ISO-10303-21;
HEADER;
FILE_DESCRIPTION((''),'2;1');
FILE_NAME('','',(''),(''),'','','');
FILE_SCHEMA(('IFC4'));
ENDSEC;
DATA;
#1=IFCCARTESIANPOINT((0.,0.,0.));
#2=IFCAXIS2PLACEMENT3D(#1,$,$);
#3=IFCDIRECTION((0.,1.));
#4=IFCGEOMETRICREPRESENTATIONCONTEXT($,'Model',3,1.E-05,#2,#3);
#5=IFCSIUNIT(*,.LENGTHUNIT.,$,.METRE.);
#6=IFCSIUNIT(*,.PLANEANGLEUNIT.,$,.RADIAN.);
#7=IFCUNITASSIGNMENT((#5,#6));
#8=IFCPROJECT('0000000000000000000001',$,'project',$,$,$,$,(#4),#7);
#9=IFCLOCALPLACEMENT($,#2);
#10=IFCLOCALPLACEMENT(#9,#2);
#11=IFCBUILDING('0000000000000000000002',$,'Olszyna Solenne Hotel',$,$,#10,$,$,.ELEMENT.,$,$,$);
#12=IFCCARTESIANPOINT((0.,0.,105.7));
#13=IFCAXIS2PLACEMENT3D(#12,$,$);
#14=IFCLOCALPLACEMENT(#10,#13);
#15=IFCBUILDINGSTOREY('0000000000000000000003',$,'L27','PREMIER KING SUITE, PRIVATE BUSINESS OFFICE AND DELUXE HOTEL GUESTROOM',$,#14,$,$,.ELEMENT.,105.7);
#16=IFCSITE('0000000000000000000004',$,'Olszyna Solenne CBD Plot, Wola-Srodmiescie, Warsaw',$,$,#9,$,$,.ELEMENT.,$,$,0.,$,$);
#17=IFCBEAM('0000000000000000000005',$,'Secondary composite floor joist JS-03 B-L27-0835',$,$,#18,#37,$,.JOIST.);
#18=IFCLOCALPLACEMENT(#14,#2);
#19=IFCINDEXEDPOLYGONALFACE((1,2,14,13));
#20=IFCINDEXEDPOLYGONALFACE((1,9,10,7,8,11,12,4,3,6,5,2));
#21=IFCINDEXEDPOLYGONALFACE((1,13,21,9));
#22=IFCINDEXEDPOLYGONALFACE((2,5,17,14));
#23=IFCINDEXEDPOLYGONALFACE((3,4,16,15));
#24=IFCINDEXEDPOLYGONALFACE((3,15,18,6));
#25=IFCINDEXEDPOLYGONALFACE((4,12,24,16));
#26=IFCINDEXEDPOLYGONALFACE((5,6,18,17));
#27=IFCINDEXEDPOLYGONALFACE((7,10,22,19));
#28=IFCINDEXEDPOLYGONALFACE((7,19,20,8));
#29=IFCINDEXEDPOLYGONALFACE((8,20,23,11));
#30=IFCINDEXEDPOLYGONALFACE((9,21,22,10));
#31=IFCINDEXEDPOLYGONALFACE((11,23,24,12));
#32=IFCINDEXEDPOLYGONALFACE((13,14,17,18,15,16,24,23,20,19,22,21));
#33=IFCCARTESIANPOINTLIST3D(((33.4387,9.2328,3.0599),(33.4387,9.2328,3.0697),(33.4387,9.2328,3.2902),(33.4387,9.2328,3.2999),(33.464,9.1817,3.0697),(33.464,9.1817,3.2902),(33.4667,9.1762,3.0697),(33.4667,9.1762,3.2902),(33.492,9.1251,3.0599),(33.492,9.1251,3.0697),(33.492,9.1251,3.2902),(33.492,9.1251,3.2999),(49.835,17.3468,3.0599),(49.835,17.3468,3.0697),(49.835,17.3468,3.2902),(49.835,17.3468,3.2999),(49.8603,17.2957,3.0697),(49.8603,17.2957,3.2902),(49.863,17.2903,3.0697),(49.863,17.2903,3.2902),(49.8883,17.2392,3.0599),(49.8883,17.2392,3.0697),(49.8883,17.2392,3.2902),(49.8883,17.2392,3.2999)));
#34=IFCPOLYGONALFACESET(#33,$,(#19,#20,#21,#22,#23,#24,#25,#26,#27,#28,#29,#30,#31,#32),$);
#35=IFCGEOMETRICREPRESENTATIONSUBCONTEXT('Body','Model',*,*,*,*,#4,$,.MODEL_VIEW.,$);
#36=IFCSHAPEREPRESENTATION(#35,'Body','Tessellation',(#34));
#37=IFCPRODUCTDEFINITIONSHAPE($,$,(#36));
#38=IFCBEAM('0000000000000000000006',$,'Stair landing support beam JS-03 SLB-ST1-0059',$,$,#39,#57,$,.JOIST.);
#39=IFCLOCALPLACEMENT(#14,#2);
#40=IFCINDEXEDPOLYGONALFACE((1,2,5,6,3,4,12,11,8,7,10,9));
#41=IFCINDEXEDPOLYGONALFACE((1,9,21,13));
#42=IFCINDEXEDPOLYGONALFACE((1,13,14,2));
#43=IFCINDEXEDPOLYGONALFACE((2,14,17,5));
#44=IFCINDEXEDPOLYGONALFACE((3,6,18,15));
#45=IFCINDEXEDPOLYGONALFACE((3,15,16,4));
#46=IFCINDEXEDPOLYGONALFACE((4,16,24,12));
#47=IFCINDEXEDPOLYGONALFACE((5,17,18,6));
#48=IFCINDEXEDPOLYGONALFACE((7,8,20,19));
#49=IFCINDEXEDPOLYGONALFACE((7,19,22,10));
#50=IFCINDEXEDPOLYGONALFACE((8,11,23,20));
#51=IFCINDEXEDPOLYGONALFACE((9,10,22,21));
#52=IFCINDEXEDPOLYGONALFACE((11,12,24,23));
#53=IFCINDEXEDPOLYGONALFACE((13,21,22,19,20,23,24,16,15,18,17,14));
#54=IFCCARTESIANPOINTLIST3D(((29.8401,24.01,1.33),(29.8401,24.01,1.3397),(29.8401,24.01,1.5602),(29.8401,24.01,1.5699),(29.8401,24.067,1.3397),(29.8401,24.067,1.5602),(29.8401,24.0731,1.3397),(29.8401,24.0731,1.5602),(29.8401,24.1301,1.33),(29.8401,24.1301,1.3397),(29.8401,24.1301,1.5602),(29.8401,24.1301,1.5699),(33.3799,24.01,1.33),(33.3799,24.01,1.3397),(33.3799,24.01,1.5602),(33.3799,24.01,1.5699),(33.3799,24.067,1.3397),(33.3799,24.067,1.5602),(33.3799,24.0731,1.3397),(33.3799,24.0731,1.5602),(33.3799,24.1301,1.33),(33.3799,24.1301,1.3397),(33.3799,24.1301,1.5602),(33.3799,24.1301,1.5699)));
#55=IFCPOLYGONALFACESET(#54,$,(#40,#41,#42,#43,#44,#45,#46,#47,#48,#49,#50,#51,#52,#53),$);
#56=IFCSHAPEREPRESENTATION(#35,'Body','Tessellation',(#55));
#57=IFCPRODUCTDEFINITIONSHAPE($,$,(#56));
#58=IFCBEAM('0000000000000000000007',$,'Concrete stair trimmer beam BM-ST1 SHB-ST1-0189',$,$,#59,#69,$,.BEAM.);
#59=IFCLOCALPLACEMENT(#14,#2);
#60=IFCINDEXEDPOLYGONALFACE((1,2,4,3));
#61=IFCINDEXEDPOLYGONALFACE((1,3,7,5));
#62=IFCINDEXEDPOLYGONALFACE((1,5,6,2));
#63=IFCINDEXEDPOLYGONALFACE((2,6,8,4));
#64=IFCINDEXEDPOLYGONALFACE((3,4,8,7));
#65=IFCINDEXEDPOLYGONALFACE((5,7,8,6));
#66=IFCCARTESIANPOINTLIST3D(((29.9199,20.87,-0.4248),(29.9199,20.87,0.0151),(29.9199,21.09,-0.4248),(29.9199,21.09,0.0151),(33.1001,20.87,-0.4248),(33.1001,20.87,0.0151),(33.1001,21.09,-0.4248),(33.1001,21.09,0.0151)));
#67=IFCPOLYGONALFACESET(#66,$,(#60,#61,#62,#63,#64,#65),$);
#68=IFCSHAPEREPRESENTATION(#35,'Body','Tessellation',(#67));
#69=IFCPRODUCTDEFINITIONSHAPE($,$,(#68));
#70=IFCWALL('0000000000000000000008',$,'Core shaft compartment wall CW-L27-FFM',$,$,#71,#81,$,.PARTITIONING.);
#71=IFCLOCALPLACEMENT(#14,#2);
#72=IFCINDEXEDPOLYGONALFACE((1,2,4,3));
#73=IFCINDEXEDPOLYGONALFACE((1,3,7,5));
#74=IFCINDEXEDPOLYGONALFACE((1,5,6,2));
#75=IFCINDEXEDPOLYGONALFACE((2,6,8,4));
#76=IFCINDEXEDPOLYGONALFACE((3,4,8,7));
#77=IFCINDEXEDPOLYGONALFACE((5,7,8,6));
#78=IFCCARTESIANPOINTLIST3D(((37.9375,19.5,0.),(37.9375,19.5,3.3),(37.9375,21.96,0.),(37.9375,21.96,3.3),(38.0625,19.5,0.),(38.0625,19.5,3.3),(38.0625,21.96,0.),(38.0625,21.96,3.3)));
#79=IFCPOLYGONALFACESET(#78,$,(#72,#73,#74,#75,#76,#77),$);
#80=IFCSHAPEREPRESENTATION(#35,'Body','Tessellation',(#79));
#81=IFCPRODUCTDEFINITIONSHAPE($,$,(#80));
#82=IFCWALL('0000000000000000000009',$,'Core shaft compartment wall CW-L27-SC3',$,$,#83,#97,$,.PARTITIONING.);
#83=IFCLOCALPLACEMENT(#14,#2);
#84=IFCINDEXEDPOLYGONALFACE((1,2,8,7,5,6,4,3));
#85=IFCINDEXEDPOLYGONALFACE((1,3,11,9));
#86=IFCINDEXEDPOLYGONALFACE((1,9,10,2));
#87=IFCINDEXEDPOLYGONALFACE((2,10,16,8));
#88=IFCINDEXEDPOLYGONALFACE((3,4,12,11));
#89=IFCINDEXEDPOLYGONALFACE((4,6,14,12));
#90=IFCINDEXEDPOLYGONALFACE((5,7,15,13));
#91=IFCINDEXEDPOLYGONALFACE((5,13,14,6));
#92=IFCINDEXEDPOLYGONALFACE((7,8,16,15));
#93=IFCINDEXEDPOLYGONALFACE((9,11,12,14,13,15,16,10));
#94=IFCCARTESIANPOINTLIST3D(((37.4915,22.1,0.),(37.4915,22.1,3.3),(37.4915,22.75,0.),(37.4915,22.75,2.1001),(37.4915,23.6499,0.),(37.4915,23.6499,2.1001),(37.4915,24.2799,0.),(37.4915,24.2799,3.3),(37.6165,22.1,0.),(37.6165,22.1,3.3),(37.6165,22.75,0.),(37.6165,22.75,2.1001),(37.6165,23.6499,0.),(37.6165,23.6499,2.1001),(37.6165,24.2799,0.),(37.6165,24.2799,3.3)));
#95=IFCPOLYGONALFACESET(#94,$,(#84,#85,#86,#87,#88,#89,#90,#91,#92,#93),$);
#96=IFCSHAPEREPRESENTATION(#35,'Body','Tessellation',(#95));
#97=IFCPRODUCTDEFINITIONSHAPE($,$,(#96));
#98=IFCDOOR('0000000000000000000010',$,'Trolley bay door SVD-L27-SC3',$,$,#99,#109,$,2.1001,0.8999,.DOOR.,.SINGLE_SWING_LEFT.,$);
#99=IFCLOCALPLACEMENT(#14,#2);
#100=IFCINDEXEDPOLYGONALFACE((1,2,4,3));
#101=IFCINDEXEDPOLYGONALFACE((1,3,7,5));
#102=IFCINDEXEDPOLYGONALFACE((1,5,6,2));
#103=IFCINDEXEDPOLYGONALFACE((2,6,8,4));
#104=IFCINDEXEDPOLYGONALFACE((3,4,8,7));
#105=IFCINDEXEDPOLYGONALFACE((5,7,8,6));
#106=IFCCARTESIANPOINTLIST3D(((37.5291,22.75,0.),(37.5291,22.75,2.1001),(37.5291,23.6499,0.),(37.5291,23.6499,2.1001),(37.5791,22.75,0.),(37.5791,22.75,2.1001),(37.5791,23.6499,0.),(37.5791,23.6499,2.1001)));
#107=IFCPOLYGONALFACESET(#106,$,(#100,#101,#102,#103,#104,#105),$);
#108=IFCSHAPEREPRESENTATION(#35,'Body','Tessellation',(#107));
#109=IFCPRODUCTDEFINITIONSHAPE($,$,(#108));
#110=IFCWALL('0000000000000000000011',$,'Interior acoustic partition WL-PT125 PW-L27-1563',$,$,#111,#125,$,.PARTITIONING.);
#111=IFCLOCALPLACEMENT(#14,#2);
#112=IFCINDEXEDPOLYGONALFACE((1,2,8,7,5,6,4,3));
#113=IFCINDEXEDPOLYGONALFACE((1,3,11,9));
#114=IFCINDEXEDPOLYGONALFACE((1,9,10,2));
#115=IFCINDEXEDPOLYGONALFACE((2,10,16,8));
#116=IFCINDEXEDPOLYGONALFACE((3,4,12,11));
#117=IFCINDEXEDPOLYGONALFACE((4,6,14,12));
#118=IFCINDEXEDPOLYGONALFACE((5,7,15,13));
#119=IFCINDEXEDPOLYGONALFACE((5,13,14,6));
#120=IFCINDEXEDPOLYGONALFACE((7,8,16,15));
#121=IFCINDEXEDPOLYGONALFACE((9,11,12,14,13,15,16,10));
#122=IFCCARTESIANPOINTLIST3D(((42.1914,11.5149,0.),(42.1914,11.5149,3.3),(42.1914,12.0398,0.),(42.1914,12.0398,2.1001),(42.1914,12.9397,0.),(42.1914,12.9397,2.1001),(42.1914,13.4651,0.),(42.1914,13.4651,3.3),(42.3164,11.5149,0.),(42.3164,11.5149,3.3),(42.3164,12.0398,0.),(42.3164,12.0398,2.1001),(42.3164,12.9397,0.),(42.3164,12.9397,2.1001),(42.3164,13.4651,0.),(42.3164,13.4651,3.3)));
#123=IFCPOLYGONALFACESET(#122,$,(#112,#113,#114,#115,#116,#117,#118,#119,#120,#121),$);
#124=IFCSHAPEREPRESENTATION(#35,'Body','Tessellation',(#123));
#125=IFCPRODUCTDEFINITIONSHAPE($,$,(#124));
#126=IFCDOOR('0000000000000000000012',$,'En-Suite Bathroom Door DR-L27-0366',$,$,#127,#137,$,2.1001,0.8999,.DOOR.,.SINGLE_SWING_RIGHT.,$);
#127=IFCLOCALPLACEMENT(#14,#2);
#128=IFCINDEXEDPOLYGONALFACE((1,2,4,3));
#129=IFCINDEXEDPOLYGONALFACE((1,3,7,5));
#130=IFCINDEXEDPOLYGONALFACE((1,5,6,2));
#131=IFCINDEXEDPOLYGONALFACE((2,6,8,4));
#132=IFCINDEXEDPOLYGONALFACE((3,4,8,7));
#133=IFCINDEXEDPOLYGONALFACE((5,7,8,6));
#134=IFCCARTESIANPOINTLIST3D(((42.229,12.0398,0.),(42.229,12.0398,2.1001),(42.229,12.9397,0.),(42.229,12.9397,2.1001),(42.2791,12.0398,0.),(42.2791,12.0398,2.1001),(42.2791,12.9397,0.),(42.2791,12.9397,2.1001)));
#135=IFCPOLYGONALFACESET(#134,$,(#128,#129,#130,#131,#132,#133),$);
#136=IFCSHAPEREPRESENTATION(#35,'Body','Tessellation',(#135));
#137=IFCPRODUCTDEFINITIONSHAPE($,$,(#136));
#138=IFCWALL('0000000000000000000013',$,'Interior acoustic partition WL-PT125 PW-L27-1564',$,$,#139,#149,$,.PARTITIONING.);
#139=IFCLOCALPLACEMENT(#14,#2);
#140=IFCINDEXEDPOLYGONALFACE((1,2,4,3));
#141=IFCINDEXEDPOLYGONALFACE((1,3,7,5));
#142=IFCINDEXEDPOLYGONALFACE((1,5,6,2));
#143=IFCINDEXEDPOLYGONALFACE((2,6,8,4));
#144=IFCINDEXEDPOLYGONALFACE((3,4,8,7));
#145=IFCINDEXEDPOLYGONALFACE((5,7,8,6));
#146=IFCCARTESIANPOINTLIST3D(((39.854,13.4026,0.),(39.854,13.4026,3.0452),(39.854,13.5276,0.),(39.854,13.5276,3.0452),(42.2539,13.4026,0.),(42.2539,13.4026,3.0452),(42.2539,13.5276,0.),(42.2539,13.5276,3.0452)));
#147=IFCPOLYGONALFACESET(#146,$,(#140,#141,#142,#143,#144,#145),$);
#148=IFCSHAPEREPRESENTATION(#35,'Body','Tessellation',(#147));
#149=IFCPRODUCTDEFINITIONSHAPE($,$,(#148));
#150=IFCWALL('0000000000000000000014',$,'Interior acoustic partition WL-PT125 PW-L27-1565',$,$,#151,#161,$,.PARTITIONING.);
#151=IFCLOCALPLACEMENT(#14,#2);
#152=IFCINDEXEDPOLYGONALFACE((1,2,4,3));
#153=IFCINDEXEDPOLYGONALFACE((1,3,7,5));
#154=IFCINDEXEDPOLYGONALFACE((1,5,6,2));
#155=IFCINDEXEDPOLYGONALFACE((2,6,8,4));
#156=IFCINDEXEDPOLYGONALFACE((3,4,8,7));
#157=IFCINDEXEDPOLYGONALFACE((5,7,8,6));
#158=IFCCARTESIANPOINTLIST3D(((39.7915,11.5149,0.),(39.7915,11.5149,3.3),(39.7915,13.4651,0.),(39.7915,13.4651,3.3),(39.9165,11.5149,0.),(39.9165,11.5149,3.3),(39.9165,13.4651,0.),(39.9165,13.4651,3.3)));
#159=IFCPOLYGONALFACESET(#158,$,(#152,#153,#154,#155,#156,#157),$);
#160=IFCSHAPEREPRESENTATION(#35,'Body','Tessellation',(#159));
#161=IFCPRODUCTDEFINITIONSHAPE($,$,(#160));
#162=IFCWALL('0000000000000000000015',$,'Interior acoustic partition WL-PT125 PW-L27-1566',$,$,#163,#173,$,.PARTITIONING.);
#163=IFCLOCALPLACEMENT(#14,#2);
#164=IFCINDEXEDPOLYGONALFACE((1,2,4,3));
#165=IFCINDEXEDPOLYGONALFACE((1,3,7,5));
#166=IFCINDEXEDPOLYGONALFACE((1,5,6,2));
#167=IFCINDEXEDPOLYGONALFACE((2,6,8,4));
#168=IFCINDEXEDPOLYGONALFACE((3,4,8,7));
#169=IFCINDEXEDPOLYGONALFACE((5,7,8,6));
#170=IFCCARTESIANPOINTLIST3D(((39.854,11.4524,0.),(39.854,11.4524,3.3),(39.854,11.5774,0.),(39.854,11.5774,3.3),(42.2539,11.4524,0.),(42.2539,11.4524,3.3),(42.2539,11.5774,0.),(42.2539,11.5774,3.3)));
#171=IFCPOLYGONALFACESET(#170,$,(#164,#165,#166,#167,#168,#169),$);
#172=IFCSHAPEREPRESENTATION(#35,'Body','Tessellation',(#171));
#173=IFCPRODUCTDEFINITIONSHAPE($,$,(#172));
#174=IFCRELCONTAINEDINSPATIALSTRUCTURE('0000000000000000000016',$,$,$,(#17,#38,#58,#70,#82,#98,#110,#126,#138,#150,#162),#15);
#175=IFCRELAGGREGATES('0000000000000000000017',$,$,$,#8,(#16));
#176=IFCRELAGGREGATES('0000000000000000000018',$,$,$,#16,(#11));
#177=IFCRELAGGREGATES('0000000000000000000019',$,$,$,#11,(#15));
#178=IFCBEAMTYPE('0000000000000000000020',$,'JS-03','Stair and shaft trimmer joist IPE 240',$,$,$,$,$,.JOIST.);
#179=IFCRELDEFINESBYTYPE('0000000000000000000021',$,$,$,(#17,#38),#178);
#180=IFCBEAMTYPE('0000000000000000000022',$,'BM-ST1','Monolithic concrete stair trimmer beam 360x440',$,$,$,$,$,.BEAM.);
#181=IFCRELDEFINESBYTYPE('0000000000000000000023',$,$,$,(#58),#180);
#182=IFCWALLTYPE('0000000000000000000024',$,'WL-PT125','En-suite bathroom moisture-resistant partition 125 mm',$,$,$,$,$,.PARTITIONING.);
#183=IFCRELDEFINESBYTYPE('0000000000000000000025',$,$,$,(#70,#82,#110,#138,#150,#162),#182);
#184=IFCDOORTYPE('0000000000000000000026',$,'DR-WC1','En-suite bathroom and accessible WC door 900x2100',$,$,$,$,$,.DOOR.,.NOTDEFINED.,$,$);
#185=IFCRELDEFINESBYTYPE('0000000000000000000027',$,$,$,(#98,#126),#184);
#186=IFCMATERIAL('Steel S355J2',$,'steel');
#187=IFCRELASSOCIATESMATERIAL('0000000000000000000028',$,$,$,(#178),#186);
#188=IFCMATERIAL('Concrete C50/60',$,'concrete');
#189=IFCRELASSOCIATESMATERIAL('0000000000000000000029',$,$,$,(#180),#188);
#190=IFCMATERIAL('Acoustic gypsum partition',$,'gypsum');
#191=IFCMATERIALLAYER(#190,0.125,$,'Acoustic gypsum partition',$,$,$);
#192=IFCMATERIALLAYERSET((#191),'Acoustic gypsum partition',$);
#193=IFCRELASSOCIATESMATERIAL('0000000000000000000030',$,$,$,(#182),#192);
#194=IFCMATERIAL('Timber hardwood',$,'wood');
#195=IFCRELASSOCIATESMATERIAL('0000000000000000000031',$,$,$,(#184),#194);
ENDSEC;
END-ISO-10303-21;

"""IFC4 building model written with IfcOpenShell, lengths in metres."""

from ifc_helpers import new_model, si_unit, direction, frame, frame_2d, origin, origin_2d, place, context, subcontext, project, spatial, rectangle, i_section, extrude, source, transform, mapped, material, layer, layer_set, material_profile, profile_set, type_object, type_shapes, element, fill, save


model = new_model("IFC4")

# Units and contexts
model_context = context("Model", 3, precision=1e-05, world=origin(), true_north=direction((0.0, 1.0)))
body_context = subcontext(model_context, "Body", "Model", "MODEL_VIEW")
ifc_project = project(units=[si_unit("LENGTHUNIT", "METRE"), si_unit("PLANEANGLEUNIT", "RADIAN")], contexts=[model_context])

# Site, building, storey
site_placement = place(None, origin())
site = spatial("IfcSite", under=ifc_project, at=site_placement, Name="Olszyna Solenne CBD Plot, Wola-Srodmiescie, Warsaw", CompositionType="ELEMENT", RefElevation=0.0)
building_placement = place(site_placement, origin())
building = spatial("IfcBuilding", under=site, at=building_placement, Name="Olszyna Solenne Hotel", CompositionType="ELEMENT")
storey_placement = place(building_placement, frame((0.0, 0.0, 105.7)))
storey = spatial("IfcBuildingStorey", under=building, at=storey_placement, Name="L27", Description="PREMIER KING SUITE, PRIVATE BUSINESS OFFICE AND DELUXE HOTEL GUESTROOM", CompositionType="ELEMENT", Elevation=105.7)

# Beams
ifc_material_1 = material(Name="Steel S355J2", Category="steel")
ifc_material_profile_1 = material_profile(ifc_material_1, i_section(OverallWidth=0.1201, OverallDepth=0.24, WebThickness=0.0061, FlangeThickness=0.0098, at=origin_2d()), Name="IPE 240", Category="load-bearing")
ifc_profile_set_1 = profile_set([ifc_material_profile_1], Name="Steel S355J2")
beam_type_1 = type_object("IfcBeamType", Name="JS-03", Description="Stair and shaft trimmer joist IPE 240", PredefinedType="JOIST", material=ifc_profile_set_1)
shared_shape_1 = source(origin(), body_context, "Body", "SweptSolid", [
    extrude(i_section(OverallWidth=0.1201, OverallDepth=0.24, WebThickness=0.0061, FlangeThickness=0.0098, at=origin_2d()), origin(), (0.0, 0.0, 1.0), 18.2942),
])
beam_1_placement = place(storey_placement, frame((33.4653, 9.179, 3.1799), z_axis=(0.896259, 0.443532, 0.0), x_axis=(-0.443532, 0.896259, 0.0)))
element("IfcBeam", 1, at=beam_1_placement, inside=storey, type_object=beam_type_1, Name="Secondary composite floor joist JS-03 B-L27-0835", PredefinedType="JOIST", context=body_context, shape_type="MappedRepresentation", body=[
    mapped(shared_shape_1, transform((0.0, 0.0, 0.0), x_axis=(1.0, 0.0, 0.0), y_axis=(0.0, 1.0, 0.0), z_axis=(0.0, 0.0, 1.0), scale=1.0)),
])
shared_shape_2 = source(origin(), body_context, "Body", "SweptSolid", [
    extrude(i_section(OverallWidth=0.1201, OverallDepth=0.24, WebThickness=0.0061, FlangeThickness=0.0098, at=origin_2d()), origin(), (0.0, 0.0, 1.0), 3.5398),
])
beam_2_placement = place(storey_placement, frame((33.3799, 24.0701, 1.45), z_axis=(-1.0, 0.0, 0.0), x_axis=(0.0, -1.0, 0.0)))
element("IfcBeam", 2, at=beam_2_placement, inside=storey, type_object=beam_type_1, Name="Stair landing support beam JS-03 SLB-ST1-0059", PredefinedType="JOIST", context=body_context, shape_type="MappedRepresentation", body=[
    mapped(shared_shape_2, transform((0.0, 0.0, 0.0), x_axis=(1.0, 0.0, 0.0), y_axis=(0.0, 1.0, 0.0), z_axis=(0.0, 0.0, 1.0), scale=1.0)),
])
ifc_material_2 = material(Name="Concrete C50/60", Category="concrete")
ifc_material_profile_2 = material_profile(ifc_material_2, rectangle(XDim=0.22, YDim=0.4399, at=origin_2d()), Name="RC 220x440", Category="load-bearing")
ifc_profile_set_2 = profile_set([ifc_material_profile_2], Name="Concrete C50/60")
beam_type_2 = type_object("IfcBeamType", Name="BM-ST1", Description="Monolithic concrete stair trimmer beam 360x440", PredefinedType="BEAM", material=ifc_profile_set_2)
shared_shape_3 = source(origin(), body_context, "Body", "SweptSolid", [
    extrude(rectangle(XDim=0.22, YDim=0.4399, at=origin_2d()), origin(), (0.0, 0.0, 1.0), 3.1802),
])
beam_3_placement = place(storey_placement, frame((33.1001, 20.98, -0.2048), z_axis=(-1.0, 0.0, 0.0), x_axis=(0.0, -1.0, 0.0)))
element("IfcBeam", 3, at=beam_3_placement, inside=storey, type_object=beam_type_2, Name="Concrete stair trimmer beam BM-ST1 SHB-ST1-0189", PredefinedType="BEAM", context=body_context, shape_type="MappedRepresentation", body=[
    mapped(shared_shape_3, transform((0.0, 0.0, 0.0), x_axis=(1.0, 0.0, 0.0), y_axis=(0.0, 1.0, 0.0), z_axis=(0.0, 0.0, 1.0), scale=1.0)),
])

# Wall
ifc_material_3 = material(Name="Acoustic gypsum partition", Category="gypsum")
ifc_layer_1 = layer(ifc_material_3, 0.125, Name="Acoustic gypsum partition")
ifc_layer_set_1 = layer_set([ifc_layer_1], Name="Acoustic gypsum partition")
wall_type_1 = type_object("IfcWallType", Name="WL-PT125", Description="En-suite bathroom moisture-resistant partition 125 mm", PredefinedType="PARTITIONING", material=ifc_layer_set_1)
wall_1_placement = place(storey_placement, frame((38.0, 19.5, 0.0), z_axis=(0.0, 0.0, 1.0), x_axis=(0.0, 1.0, 0.0)))
element("IfcWall", 4, at=wall_1_placement, inside=storey, type_object=wall_type_1, Name="Core shaft compartment wall CW-L27-FFM", PredefinedType="PARTITIONING", context=body_context, shape_type="SweptSolid", body=[
    extrude(rectangle(XDim=2.46, YDim=0.125, at=frame_2d((1.23, 0.0))), origin(), (0.0, 0.0, 1.0), 3.3),
])

# Walls, openings, doors
wall_2_placement = place(storey_placement, frame((37.554, 22.1001, 0.0), z_axis=(0.0, 0.0, 1.0), x_axis=(0.0, 1.0, 0.0)))
wall_2 = element("IfcWall", 5, at=wall_2_placement, inside=storey, type_object=wall_type_1, Name="Core shaft compartment wall CW-L27-SC3", PredefinedType="PARTITIONING", context=body_context, shape_type="SweptSolid", body=[
    extrude(rectangle(XDim=2.1799, YDim=0.125, at=frame_2d((1.0898, 0.0))), origin(), (0.0, 0.0, 1.0), 3.3),
])
opening_1_placement = place(wall_2_placement, frame((0.6499, 0.0, 0.0)))
opening_1 = element("IfcOpeningElement", 6, at=opening_1_placement, cuts=wall_2, PredefinedType="OPENING", context=body_context, shape_type="SweptSolid", body=[
    extrude(rectangle(XDim=0.8999, YDim=2.1001, at=frame_2d((0.45, 1.05))), frame((0.0, 0.0725, 0.0), z_axis=(0.0, -1.0, 0.0), x_axis=(1.0, 0.0, 0.0)), (0.0, 0.0, 1.0), 0.145),
])
ifc_material_4 = material(Name="Timber hardwood", Category="wood")
door_type_1 = type_object("IfcDoorType", Name="DR-WC1", Description="En-suite bathroom and accessible WC door 900x2100", OperationType="NOTDEFINED", PredefinedType="DOOR", material=ifc_material_4)
shared_shape_4 = source(origin(), body_context, "Body", "SweptSolid", [
    extrude(rectangle(XDim=0.8999, YDim=2.1001, at=frame_2d((0.45, 1.05))), frame((0.0, 0.0249, 0.0), z_axis=(0.0, -1.0, 0.0), x_axis=(1.0, 0.0, 0.0)), (0.0, 0.0, 1.0), 0.05),
])
type_shapes(door_type_1, [shared_shape_4])
door_1_placement = place(opening_1_placement, origin())
door_1 = element("IfcDoor", 7, at=door_1_placement, inside=storey, type_object=door_type_1, Name="Trolley bay door SVD-L27-SC3", OperationType="SINGLE_SWING_LEFT", OverallHeight=2.1001, OverallWidth=0.8999, PredefinedType="DOOR", context=body_context, shape_type="MappedRepresentation", body=[
    mapped(shared_shape_4, transform((0.0, 0.0, 0.0), x_axis=(1.0, 0.0, 0.0), y_axis=(0.0, 1.0, 0.0), z_axis=(0.0, 0.0, 1.0), scale=1.0)),
])
fill(opening_1, door_1)
wall_3_placement = place(storey_placement, frame((42.2539, 11.5149, 0.0), z_axis=(0.0, 0.0, 1.0), x_axis=(0.0, 1.0, 0.0)))
wall_3 = element("IfcWall", 8, at=wall_3_placement, inside=storey, type_object=wall_type_1, Name="Interior acoustic partition WL-PT125 PW-L27-1563", PredefinedType="PARTITIONING", context=body_context, shape_type="SweptSolid", body=[
    extrude(rectangle(XDim=1.9502, YDim=0.125, at=frame_2d((0.9751, 0.0))), origin(), (0.0, 0.0, 1.0), 3.3),
])
opening_2_placement = place(wall_3_placement, frame((0.5249, 0.0, 0.0)))
opening_2 = element("IfcOpeningElement", 9, at=opening_2_placement, cuts=wall_3, PredefinedType="OPENING", context=body_context, shape_type="SweptSolid", body=[
    extrude(rectangle(XDim=0.8999, YDim=2.1001, at=frame_2d((0.45, 1.05))), frame((0.0, 0.0725, 0.0), z_axis=(0.0, -1.0, 0.0), x_axis=(1.0, 0.0, 0.0)), (0.0, 0.0, 1.0), 0.145),
])
door_2_placement = place(opening_2_placement, origin())
door_2 = element("IfcDoor", 10, at=door_2_placement, inside=storey, type_object=door_type_1, Name="En-Suite Bathroom Door DR-L27-0366", OperationType="SINGLE_SWING_RIGHT", OverallHeight=2.1001, OverallWidth=0.8999, PredefinedType="DOOR", context=body_context, shape_type="MappedRepresentation", body=[
    mapped(shared_shape_4, transform((0.0, 0.0, 0.0), x_axis=(1.0, 0.0, 0.0), y_axis=(0.0, 1.0, 0.0), z_axis=(0.0, 0.0, 1.0), scale=1.0)),
])
fill(opening_2, door_2)

# Walls
wall_4_placement = place(storey_placement, frame((42.2539, 13.4651, 0.0), z_axis=(0.0, 0.0, 1.0), x_axis=(-1.0, 0.0, 0.0)))
element("IfcWall", 11, at=wall_4_placement, inside=storey, type_object=wall_type_1, Name="Interior acoustic partition WL-PT125 PW-L27-1564", PredefinedType="PARTITIONING", context=body_context, shape_type="SweptSolid", body=[
    extrude(rectangle(XDim=2.3999, YDim=0.125, at=frame_2d((1.2, 0.0))), origin(), (0.0, 0.0, 1.0), 3.0452),
])
wall_5_placement = place(storey_placement, frame((39.854, 13.4651, 0.0), z_axis=(0.0, 0.0, 1.0), x_axis=(0.0, -1.0, 0.0)))
element("IfcWall", 12, at=wall_5_placement, inside=storey, type_object=wall_type_1, Name="Interior acoustic partition WL-PT125 PW-L27-1565", PredefinedType="PARTITIONING", context=body_context, shape_type="SweptSolid", body=[
    extrude(rectangle(XDim=1.9502, YDim=0.125, at=frame_2d((0.9751, 0.0))), origin(), (0.0, 0.0, 1.0), 3.3),
])
wall_6_placement = place(storey_placement, frame((39.854, 11.5149, 0.0), z_axis=(0.0, 0.0, 1.0), x_axis=(1.0, 0.0, 0.0)))
element("IfcWall", 13, at=wall_6_placement, inside=storey, type_object=wall_type_1, Name="Interior acoustic partition WL-PT125 PW-L27-1566", PredefinedType="PARTITIONING", context=body_context, shape_type="SweptSolid", body=[
    extrude(rectangle(XDim=2.3999, YDim=0.125, at=frame_2d((1.2, 0.0))), origin(), (0.0, 0.0, 1.0), 3.3),
])

save(model, "model.ifc")
